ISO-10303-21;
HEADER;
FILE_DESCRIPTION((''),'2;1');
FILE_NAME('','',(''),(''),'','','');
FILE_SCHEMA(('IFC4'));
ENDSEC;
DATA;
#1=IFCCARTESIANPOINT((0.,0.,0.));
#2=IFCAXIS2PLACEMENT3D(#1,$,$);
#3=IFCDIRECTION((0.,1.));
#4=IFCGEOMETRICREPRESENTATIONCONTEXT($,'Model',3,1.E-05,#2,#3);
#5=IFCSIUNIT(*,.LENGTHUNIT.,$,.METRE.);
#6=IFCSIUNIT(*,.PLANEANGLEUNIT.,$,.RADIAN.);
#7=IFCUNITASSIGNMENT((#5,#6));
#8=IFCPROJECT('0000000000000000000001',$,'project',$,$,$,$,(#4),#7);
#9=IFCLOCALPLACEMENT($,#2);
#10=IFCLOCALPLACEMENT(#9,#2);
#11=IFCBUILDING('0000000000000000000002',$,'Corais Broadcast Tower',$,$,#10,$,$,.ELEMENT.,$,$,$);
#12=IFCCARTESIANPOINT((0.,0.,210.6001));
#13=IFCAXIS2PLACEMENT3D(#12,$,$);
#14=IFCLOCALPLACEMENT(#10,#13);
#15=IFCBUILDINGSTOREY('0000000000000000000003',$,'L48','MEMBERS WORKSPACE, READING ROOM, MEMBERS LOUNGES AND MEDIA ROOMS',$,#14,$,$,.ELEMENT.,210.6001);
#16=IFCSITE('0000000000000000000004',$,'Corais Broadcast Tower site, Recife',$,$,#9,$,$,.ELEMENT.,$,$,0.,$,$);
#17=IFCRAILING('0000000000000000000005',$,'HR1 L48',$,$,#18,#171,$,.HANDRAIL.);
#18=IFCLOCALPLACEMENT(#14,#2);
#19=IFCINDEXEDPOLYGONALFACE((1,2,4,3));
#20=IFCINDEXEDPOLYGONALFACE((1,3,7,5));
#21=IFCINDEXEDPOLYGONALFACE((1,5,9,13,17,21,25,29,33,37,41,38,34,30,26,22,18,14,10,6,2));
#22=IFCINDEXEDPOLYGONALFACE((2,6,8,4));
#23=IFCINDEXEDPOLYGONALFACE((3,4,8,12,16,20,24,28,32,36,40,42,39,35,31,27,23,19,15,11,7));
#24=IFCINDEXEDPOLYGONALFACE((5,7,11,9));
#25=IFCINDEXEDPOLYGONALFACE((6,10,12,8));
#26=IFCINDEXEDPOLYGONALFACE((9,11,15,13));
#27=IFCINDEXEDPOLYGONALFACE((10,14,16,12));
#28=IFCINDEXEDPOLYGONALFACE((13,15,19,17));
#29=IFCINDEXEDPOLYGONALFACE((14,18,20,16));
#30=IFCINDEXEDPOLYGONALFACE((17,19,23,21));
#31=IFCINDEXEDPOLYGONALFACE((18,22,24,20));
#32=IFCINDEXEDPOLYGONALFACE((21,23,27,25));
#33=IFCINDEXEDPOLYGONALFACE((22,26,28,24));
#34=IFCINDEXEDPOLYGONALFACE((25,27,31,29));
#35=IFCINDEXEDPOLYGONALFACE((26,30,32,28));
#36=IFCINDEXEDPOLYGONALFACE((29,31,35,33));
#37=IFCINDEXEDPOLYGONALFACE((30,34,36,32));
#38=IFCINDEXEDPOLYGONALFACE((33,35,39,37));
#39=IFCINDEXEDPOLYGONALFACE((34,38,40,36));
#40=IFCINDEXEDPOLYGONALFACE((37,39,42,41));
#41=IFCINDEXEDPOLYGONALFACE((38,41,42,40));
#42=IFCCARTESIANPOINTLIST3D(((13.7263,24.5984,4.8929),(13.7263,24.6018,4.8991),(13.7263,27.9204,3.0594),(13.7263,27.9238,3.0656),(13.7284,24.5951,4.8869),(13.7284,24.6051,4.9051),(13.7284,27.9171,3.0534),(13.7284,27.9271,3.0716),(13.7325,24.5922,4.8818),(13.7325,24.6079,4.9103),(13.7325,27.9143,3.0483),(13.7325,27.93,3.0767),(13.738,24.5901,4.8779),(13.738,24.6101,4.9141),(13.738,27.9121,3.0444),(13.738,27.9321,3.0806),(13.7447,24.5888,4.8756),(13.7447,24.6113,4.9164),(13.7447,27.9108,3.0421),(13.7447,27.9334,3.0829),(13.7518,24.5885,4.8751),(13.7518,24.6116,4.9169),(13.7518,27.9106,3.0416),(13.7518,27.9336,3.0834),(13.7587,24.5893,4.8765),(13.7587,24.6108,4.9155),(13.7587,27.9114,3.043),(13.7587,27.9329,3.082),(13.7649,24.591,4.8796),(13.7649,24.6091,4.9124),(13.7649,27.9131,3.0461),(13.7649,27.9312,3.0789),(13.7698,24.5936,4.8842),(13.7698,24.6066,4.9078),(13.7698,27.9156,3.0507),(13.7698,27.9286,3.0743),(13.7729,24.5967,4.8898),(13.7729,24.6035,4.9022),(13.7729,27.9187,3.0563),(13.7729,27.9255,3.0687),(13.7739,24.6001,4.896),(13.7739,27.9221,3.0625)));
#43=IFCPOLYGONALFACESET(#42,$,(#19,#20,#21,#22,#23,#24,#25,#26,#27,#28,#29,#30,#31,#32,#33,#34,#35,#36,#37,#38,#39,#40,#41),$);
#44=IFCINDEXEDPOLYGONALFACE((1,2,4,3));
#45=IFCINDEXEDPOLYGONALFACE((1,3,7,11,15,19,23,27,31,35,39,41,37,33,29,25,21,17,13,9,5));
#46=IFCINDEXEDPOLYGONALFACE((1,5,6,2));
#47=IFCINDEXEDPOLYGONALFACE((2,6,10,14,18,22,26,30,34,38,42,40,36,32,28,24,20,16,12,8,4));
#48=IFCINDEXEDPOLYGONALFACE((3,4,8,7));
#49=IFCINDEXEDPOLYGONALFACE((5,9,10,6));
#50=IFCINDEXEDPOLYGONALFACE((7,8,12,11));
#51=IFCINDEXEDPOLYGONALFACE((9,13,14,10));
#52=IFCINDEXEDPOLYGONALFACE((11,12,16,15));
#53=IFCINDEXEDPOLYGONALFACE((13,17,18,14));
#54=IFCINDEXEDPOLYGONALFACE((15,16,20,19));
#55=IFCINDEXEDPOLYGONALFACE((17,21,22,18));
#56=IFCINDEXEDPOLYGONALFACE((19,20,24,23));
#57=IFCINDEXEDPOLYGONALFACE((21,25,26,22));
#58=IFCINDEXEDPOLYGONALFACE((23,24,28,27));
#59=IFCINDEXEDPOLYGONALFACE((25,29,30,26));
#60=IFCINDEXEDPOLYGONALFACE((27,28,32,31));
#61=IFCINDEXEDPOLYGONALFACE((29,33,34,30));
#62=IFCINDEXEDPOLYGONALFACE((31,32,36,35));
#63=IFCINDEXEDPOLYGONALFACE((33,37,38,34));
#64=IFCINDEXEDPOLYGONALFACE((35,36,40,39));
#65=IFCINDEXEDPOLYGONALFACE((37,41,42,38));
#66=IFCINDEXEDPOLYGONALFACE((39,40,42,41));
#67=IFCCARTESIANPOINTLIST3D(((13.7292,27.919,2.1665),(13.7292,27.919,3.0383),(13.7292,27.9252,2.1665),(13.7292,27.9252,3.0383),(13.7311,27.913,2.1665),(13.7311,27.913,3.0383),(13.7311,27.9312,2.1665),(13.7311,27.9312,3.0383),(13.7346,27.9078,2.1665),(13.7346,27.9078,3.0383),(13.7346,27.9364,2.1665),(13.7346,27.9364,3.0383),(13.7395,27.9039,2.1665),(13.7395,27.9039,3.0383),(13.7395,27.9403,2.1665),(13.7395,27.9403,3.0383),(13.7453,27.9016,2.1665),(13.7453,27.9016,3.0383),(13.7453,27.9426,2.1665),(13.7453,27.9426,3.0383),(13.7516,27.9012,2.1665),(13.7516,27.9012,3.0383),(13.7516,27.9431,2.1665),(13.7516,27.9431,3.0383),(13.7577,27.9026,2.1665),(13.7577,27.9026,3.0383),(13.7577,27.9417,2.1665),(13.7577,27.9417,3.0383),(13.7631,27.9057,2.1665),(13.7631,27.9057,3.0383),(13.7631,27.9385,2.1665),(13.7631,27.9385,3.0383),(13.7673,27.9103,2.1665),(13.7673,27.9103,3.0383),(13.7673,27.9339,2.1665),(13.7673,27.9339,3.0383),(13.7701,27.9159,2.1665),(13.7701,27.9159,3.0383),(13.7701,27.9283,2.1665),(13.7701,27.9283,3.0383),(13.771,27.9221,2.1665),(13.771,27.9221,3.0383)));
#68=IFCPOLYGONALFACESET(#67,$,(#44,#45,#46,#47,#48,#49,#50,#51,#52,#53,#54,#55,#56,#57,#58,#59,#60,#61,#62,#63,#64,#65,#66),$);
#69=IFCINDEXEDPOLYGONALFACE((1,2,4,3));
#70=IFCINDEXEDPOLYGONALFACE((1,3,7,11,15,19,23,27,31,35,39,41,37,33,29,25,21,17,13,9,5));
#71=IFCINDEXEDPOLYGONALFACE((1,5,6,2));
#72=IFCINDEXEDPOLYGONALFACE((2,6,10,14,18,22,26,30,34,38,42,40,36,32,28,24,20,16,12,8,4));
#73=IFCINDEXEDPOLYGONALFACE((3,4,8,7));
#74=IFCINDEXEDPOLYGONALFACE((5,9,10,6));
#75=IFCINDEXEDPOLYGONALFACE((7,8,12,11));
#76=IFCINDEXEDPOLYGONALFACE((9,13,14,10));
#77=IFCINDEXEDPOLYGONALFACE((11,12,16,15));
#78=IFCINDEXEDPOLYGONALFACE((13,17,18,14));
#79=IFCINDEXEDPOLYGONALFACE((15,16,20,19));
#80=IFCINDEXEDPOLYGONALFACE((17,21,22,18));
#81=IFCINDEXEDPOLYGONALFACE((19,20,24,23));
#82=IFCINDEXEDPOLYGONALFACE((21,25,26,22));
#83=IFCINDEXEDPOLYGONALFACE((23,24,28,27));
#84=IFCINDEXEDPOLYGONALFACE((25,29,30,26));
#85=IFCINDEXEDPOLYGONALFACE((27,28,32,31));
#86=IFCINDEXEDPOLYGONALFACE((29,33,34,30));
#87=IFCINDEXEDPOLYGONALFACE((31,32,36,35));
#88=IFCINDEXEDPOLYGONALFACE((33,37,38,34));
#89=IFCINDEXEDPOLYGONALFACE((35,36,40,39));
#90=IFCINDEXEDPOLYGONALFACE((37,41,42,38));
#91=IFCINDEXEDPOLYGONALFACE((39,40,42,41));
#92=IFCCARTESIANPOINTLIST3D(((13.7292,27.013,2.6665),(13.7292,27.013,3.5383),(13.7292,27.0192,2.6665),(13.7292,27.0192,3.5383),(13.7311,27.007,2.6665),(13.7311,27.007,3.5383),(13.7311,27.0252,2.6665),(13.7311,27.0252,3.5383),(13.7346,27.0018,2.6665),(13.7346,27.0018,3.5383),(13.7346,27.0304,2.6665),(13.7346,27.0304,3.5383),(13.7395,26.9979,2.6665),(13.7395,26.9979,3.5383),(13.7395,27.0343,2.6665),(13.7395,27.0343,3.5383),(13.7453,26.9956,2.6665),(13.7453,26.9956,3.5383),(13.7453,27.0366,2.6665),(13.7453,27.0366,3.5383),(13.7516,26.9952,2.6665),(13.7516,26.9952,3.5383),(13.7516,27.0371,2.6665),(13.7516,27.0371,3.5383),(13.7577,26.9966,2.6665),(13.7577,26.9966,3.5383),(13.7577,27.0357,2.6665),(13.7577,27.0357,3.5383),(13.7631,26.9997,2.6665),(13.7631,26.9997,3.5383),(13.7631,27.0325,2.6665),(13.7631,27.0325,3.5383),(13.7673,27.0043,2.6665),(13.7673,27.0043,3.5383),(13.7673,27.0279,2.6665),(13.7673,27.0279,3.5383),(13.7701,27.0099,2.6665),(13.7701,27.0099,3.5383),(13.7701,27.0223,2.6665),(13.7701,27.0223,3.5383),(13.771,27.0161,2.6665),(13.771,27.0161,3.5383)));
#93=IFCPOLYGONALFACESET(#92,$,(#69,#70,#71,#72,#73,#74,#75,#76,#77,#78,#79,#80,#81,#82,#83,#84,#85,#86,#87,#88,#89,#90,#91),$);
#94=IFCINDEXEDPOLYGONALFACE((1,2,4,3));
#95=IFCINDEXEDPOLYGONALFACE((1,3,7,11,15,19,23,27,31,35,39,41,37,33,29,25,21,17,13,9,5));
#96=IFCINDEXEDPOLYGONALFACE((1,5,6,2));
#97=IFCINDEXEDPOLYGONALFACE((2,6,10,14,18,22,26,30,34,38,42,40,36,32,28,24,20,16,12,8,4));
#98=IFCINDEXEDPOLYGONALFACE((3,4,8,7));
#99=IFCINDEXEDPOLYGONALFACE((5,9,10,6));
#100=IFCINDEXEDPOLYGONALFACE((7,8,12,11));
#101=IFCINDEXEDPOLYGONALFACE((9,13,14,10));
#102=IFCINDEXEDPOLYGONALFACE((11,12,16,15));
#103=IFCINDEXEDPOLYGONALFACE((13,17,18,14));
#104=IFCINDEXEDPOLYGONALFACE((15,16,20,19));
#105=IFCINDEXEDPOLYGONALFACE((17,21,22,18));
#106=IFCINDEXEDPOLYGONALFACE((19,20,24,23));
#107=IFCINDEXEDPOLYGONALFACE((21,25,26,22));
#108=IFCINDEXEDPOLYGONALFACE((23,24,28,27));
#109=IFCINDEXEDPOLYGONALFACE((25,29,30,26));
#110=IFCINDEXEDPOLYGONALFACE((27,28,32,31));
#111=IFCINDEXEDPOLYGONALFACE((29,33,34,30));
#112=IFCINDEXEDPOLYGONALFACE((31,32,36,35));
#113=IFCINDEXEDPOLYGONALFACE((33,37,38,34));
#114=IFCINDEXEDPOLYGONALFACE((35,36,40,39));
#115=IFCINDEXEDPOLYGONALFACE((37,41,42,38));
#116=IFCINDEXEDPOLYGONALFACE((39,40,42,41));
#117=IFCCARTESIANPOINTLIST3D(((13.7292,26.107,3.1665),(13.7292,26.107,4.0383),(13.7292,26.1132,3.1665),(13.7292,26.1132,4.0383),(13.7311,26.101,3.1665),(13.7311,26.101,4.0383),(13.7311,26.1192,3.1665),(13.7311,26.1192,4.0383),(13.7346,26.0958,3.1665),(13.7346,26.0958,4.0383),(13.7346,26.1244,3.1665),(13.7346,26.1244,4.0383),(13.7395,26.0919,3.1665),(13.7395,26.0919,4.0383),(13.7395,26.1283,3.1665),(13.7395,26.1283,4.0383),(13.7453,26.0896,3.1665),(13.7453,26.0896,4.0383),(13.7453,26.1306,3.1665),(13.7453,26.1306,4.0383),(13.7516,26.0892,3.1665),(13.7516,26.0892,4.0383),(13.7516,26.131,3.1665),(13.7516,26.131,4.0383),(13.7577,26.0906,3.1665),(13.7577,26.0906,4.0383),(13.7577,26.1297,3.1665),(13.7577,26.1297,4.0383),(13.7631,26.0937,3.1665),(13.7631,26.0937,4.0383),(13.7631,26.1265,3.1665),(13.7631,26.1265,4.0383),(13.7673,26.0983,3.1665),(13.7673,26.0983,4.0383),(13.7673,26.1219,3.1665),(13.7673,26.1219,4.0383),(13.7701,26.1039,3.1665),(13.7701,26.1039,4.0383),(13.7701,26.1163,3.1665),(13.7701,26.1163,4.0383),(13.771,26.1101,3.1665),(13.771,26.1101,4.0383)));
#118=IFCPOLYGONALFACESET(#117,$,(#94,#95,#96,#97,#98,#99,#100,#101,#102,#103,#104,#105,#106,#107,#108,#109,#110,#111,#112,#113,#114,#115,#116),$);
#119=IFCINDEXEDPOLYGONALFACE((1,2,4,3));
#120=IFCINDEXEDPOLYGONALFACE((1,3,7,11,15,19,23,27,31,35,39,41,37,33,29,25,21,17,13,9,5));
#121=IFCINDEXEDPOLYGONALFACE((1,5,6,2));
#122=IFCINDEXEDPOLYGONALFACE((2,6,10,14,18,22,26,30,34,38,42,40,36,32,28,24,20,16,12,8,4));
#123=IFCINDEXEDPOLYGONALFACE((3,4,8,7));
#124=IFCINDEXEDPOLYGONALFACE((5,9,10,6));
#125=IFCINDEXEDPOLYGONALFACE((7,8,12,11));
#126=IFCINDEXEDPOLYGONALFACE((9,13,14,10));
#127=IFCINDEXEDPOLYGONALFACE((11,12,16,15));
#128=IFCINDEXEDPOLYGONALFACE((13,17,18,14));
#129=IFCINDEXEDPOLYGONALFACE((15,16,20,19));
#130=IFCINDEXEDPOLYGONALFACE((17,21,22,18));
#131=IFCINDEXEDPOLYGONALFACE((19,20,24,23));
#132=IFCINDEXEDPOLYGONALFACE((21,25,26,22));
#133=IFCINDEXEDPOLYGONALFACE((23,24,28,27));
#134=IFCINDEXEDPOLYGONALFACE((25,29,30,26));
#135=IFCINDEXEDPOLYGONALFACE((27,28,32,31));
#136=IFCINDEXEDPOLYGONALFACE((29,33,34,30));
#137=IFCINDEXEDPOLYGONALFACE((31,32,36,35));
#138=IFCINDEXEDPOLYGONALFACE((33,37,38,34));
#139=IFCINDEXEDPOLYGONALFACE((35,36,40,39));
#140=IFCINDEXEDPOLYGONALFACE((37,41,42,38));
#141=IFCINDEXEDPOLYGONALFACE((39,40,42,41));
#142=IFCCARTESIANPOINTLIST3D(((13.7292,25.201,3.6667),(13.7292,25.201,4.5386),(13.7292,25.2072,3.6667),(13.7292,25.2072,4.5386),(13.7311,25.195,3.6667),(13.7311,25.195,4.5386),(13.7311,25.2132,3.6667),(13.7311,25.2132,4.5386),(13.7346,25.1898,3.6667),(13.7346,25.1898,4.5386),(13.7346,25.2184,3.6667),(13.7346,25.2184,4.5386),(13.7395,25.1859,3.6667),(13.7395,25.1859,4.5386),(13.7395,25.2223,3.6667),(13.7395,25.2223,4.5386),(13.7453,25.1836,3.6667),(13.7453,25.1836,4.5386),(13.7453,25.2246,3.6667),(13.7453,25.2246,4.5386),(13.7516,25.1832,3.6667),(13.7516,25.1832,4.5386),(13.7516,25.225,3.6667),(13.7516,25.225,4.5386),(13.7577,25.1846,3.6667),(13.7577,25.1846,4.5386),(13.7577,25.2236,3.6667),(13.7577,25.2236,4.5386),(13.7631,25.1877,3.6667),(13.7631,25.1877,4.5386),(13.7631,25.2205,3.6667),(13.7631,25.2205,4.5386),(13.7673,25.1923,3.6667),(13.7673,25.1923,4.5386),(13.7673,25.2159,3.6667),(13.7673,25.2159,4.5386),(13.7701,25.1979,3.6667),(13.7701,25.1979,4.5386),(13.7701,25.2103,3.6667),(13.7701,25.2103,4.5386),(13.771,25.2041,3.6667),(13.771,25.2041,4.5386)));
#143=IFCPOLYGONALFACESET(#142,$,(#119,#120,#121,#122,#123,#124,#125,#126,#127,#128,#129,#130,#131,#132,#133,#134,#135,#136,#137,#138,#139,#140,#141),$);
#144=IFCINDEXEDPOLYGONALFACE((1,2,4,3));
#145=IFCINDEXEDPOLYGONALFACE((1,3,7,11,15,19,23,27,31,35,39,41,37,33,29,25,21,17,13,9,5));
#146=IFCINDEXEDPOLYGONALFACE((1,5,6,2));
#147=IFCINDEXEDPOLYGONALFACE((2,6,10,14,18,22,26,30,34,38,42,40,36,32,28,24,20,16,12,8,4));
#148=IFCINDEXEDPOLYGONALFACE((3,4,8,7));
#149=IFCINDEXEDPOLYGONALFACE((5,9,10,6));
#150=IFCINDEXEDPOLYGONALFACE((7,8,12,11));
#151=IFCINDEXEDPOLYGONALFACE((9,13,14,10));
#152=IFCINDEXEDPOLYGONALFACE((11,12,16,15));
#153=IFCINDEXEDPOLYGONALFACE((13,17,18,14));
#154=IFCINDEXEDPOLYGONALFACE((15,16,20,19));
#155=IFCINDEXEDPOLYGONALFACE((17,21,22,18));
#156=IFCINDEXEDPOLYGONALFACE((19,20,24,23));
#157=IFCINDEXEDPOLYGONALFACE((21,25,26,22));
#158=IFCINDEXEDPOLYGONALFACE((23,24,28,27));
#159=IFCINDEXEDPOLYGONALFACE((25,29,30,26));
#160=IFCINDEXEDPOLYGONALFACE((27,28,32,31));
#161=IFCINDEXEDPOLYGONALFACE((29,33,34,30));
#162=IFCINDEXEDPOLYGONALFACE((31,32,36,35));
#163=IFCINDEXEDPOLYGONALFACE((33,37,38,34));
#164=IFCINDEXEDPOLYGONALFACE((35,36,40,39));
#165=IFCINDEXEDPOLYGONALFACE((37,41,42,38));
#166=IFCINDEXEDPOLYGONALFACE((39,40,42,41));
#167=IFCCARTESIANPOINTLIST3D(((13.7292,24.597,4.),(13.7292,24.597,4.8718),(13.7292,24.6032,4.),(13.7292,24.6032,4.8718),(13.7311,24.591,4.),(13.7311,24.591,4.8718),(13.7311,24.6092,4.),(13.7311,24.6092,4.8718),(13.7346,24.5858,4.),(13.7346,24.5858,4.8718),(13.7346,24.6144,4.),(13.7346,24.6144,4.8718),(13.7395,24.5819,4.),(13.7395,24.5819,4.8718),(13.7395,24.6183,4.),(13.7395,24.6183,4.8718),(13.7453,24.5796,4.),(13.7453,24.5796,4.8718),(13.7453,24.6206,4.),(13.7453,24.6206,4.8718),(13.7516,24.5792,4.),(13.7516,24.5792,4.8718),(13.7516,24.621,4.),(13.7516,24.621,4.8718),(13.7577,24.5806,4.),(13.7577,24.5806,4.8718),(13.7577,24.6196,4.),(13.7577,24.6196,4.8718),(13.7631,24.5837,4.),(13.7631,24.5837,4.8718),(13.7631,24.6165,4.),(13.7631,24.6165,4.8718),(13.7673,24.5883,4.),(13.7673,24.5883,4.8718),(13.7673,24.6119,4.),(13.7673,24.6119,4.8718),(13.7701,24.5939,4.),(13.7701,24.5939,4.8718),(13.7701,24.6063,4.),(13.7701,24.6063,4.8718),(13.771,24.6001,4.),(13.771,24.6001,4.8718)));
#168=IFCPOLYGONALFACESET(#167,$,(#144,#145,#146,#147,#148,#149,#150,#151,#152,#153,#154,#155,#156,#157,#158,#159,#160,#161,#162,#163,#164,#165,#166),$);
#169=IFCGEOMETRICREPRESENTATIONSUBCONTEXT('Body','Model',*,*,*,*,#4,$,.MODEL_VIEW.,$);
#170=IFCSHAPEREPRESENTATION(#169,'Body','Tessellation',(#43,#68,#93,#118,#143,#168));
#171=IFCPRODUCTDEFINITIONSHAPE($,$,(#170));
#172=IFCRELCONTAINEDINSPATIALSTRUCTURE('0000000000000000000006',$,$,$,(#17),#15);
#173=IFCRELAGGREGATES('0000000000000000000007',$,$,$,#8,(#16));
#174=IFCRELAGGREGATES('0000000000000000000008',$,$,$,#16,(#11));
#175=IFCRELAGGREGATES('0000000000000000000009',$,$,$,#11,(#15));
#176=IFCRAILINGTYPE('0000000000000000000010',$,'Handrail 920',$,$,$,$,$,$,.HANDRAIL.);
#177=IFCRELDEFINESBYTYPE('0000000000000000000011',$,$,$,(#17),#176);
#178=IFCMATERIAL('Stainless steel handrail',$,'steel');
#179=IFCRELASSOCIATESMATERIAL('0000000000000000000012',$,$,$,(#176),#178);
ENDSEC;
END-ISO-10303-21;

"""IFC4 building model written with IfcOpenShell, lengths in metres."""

from ifc_helpers import new_model, si_unit, direction, frame, origin, origin_2d, place, context, subcontext, project, spatial, circle, extrude, material, type_object, element, save


model = new_model("IFC4")

# Units and contexts
model_context = context("Model", 3, precision=1e-05, world=origin(), true_north=direction((0.0, 1.0)))
body_context = subcontext(model_context, "Body", "Model", "MODEL_VIEW")
ifc_project = project(units=[si_unit("LENGTHUNIT", "METRE"), si_unit("PLANEANGLEUNIT", "RADIAN")], contexts=[model_context])

# Site, building, storey
site_placement = place(None, origin())
site = spatial("IfcSite", under=ifc_project, at=site_placement, Name="Corais Broadcast Tower site, Recife", CompositionType="ELEMENT", RefElevation=0.0)
building_placement = place(site_placement, origin())
building = spatial("IfcBuilding", under=site, at=building_placement, Name="Corais Broadcast Tower", CompositionType="ELEMENT")
storey_placement = place(building_placement, frame((0.0, 0.0, 210.6001)))
storey = spatial("IfcBuildingStorey", under=building, at=storey_placement, Name="L48", Description="MEMBERS WORKSPACE, READING ROOM, MEMBERS LOUNGES AND MEDIA ROOMS", CompositionType="ELEMENT", Elevation=210.6001)

# Railing
ifc_material_1 = material(Name="Stainless steel handrail", Category="steel")
railing_type = type_object("IfcRailingType", Name="Handrail 920", PredefinedType="HANDRAIL", material=ifc_material_1)
for number, where, name in (
    (1, (13.75, 27.9221, 2.1665), "HR1 L48"),
):
    element("IfcRailing", number, at=place(storey_placement, frame(where)), inside=storey, type_object=railing_type, Name=name, PredefinedType="HANDRAIL", context=body_context, shape_type="SweptSolid", body=[
        extrude(circle(Radius=0.0239, at=origin_2d()), frame((0.0, 0.0, 0.896), z_axis=(0.0, -0.875504, 0.48321), x_axis=(1.0, 0.0, 0.0)), (0.0, 0.0, 1.0), 3.7944),
        extrude(circle(Radius=0.021, at=origin_2d()), origin(), (0.0, 0.0, 1.0), 0.8718),
        extrude(circle(Radius=0.021, at=origin_2d()), frame((0.0, -0.906, 0.5)), (0.0, 0.0, 1.0), 0.8718),
        extrude(circle(Radius=0.021, at=origin_2d()), frame((0.0, -1.812, 1.0)), (0.0, 0.0, 1.0), 0.8718),
        extrude(circle(Radius=0.021, at=origin_2d()), frame((0.0, -2.718, 1.5002)), (0.0, 0.0, 1.0), 0.8718),
        extrude(circle(Radius=0.021, at=origin_2d()), frame((0.0, -3.322, 1.8335)), (0.0, 0.0, 1.0), 0.8718),
    ])

save(model, "model.ifc")
